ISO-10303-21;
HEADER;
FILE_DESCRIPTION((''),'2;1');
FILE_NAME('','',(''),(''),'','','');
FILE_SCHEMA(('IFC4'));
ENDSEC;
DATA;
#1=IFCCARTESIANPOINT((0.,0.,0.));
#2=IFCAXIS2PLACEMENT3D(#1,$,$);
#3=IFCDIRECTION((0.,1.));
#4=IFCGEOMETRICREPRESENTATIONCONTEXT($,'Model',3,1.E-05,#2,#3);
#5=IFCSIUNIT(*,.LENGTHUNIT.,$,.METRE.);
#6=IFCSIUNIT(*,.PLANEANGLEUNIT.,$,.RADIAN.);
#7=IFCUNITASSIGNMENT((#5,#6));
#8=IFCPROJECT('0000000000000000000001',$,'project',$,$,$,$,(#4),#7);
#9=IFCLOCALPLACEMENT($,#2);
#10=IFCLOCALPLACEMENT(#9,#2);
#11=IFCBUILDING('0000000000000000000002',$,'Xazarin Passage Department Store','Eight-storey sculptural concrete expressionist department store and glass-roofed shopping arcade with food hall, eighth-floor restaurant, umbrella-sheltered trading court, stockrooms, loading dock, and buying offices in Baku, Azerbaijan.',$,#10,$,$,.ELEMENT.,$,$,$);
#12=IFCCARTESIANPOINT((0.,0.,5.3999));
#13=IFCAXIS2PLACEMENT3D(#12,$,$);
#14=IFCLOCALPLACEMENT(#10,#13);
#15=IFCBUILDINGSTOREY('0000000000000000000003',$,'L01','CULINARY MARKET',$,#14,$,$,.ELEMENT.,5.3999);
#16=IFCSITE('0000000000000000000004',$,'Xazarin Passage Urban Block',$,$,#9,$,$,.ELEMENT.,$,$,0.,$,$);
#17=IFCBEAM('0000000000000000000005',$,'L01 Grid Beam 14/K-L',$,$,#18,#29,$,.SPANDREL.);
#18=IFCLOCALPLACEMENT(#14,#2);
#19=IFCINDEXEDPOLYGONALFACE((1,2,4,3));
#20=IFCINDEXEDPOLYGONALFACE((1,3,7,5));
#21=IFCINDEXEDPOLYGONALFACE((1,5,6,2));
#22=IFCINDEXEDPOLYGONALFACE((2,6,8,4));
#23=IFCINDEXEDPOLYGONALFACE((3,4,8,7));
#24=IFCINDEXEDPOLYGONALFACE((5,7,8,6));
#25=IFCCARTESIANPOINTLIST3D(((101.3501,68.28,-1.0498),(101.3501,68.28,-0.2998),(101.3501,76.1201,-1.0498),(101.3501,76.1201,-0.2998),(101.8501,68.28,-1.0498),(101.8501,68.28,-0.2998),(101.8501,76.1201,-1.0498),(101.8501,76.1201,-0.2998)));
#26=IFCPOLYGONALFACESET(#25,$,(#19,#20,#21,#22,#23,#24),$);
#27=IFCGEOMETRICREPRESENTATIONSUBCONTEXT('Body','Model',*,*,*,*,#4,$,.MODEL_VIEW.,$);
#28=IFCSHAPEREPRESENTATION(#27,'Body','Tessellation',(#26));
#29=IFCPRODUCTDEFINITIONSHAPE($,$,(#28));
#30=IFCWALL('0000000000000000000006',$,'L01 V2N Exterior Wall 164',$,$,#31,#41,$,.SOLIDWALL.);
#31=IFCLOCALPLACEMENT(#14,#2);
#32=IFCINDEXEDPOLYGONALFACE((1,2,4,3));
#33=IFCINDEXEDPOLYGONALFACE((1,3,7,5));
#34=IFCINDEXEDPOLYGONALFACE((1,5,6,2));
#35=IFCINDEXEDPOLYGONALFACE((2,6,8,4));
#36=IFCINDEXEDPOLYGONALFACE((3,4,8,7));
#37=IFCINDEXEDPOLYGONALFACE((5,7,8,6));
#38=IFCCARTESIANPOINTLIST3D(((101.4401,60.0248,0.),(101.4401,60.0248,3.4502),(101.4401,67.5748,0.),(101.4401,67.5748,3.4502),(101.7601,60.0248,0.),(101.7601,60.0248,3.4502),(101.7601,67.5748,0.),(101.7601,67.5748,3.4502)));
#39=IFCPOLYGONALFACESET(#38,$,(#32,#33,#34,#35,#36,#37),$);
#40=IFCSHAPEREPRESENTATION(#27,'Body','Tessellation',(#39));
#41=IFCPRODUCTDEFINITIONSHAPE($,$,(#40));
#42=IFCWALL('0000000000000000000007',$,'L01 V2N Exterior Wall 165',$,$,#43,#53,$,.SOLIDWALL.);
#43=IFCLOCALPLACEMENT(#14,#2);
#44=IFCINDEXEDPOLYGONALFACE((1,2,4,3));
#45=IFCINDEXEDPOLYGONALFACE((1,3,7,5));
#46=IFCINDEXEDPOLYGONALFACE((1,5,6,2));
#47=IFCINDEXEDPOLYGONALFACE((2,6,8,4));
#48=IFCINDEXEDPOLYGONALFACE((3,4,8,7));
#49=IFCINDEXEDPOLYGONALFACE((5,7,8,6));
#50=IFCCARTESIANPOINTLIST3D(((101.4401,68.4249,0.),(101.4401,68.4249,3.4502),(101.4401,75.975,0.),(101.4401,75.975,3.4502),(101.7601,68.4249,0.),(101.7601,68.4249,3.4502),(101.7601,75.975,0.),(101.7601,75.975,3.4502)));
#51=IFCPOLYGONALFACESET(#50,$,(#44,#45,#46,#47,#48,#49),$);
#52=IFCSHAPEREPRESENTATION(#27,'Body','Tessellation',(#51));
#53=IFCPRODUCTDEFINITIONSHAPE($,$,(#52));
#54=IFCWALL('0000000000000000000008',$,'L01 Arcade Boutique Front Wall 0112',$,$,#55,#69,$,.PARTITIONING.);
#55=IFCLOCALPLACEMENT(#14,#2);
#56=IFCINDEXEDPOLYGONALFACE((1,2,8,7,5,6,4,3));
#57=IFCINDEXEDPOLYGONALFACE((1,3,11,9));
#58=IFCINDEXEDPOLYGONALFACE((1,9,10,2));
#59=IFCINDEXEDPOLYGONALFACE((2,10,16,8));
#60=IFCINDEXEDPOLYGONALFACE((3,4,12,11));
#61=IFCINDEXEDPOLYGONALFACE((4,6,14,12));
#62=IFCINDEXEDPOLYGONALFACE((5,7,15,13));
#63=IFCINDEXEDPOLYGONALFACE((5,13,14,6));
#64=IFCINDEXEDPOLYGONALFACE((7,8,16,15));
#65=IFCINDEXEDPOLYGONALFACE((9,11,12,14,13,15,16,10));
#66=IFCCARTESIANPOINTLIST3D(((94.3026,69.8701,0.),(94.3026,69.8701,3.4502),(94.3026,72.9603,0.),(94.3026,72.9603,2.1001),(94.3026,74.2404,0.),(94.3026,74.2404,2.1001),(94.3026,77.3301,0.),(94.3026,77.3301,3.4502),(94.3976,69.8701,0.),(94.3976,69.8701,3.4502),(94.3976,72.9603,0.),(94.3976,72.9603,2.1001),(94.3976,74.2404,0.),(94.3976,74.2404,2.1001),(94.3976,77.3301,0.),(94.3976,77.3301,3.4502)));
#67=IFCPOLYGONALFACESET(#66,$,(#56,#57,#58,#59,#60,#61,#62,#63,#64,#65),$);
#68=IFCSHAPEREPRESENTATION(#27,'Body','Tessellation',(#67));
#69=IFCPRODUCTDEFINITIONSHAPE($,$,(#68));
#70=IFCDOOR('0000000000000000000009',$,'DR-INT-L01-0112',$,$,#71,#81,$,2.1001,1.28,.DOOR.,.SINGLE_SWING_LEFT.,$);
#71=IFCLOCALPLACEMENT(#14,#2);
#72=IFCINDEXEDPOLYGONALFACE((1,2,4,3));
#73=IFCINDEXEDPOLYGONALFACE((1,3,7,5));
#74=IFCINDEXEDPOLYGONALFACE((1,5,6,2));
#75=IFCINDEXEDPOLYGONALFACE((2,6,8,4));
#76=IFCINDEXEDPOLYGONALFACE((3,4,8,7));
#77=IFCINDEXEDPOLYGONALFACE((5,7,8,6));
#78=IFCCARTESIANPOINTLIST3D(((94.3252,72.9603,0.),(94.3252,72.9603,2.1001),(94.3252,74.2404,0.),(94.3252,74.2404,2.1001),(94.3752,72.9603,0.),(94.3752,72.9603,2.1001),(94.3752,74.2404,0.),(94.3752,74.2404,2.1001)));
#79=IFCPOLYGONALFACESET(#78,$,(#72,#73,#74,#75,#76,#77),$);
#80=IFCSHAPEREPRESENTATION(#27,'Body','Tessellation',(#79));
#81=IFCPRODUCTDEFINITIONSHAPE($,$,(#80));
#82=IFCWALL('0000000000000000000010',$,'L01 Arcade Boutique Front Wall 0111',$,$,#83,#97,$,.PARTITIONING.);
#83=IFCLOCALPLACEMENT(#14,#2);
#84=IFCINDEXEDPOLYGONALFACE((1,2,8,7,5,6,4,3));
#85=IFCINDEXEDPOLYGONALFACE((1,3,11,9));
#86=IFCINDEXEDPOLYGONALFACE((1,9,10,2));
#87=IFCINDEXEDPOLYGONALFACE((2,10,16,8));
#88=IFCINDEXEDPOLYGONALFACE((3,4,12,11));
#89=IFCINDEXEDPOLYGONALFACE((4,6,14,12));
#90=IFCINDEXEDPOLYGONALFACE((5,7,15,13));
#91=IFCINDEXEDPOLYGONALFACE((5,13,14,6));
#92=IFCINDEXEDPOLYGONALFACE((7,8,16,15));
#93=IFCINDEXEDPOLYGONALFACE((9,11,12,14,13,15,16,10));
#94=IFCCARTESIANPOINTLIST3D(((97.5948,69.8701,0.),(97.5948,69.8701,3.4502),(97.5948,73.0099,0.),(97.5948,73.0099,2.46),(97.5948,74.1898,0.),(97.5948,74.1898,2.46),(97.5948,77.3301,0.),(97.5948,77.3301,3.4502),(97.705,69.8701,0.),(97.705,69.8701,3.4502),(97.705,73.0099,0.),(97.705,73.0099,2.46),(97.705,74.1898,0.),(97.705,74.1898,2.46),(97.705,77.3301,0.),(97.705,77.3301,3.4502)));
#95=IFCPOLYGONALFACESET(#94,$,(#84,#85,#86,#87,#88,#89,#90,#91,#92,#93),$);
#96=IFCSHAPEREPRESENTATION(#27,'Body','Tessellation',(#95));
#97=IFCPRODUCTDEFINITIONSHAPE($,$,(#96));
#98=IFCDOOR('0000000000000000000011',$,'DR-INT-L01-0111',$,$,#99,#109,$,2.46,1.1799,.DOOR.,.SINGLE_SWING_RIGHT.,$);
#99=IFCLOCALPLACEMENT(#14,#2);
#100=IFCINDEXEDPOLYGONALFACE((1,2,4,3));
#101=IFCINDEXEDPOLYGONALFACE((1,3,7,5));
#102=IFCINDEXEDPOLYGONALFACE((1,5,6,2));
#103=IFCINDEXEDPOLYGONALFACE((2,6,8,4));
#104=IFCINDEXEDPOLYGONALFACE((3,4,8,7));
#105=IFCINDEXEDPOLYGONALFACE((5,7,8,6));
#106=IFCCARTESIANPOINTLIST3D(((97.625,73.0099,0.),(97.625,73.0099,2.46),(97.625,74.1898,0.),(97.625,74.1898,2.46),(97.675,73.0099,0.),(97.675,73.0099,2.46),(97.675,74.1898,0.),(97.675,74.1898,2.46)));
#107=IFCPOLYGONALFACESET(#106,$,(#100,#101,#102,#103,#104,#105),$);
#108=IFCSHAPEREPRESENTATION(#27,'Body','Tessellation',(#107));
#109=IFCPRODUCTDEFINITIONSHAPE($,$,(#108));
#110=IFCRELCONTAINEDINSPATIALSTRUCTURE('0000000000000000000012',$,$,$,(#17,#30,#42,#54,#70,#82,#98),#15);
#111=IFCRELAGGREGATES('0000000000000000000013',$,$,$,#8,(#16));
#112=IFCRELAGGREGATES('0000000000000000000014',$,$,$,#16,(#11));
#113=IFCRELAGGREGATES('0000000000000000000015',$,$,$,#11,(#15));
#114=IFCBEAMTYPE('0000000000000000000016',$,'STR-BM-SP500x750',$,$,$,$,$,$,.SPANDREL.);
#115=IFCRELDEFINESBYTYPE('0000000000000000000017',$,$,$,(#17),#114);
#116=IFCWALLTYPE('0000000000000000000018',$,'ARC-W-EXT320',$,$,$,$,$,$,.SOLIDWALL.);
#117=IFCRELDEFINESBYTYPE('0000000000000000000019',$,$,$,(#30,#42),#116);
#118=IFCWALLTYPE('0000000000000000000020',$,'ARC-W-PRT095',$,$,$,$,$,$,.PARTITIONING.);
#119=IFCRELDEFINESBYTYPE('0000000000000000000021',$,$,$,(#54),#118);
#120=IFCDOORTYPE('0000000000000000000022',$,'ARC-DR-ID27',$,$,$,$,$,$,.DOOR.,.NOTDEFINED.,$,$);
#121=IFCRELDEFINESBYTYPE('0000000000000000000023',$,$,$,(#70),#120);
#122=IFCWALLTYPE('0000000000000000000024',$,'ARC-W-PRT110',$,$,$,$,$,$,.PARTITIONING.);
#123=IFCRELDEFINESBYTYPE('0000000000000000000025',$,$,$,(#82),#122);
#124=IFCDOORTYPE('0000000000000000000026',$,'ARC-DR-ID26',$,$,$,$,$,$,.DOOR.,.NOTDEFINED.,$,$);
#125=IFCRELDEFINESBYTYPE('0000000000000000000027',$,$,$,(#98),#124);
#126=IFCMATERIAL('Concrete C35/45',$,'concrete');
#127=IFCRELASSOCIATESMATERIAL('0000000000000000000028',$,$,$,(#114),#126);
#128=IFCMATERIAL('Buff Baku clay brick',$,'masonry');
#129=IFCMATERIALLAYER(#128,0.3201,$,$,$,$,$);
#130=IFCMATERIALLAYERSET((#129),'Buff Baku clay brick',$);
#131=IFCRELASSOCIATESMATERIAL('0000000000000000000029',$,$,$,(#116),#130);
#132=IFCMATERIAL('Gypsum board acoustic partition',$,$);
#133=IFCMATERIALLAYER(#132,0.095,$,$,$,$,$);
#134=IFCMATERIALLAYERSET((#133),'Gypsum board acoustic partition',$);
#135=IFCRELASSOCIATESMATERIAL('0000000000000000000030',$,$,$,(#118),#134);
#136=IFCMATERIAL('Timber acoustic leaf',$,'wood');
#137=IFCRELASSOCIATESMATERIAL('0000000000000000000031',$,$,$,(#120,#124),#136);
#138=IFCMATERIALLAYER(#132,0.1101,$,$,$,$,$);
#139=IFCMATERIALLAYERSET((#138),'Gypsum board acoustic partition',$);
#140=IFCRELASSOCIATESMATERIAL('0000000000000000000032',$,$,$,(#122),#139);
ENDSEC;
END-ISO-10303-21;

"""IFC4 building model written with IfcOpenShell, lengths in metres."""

from ifc_helpers import new_model, si_unit, direction, frame, frame_2d, origin, origin_2d, place, context, subcontext, project, spatial, rectangle, extrude, material, layer, layer_set, material_profile, profile_set, type_object, element, fill, save


model = new_model("IFC4")

# Units and contexts
model_context = context("Model", 3, precision=1e-05, world=origin(), true_north=direction((0.0, 1.0)))
body_context = subcontext(model_context, "Body", "Model", "MODEL_VIEW")
ifc_project = project(units=[si_unit("LENGTHUNIT", "METRE"), si_unit("PLANEANGLEUNIT", "RADIAN")], contexts=[model_context])

# Site, building, storey
site_placement = place(None, origin())
site = spatial("IfcSite", under=ifc_project, at=site_placement, Name="Xazarin Passage Urban Block", CompositionType="ELEMENT", RefElevation=0.0)
building_placement = place(site_placement, origin())
building = spatial("IfcBuilding", under=site, at=building_placement, Name="Xazarin Passage Department Store", Description="Eight-storey sculptural concrete expressionist department store and glass-roofed shopping arcade with food hall, eighth-floor restaurant, umbrella-sheltered trading court, stockrooms, loading dock, and buying offices in Baku, Azerbaijan.", CompositionType="ELEMENT")
storey_placement = place(building_placement, frame((0.0, 0.0, 5.3999)))
storey = spatial("IfcBuildingStorey", under=building, at=storey_placement, Name="L01", Description="CULINARY MARKET", CompositionType="ELEMENT", Elevation=5.3999)

# Beam
ifc_material_1 = material(Name="Concrete C35/45", Category="concrete")
ifc_material_profile_1 = material_profile(ifc_material_1, rectangle(XDim=0.5, YDim=0.75, at=origin_2d()), Name="RC 500x750")
ifc_profile_set_1 = profile_set([ifc_material_profile_1], Name="Concrete C35/45")
beam_type_1 = type_object("IfcBeamType", Name="STR-BM-SP500x750", PredefinedType="SPANDREL", material=ifc_profile_set_1)
for number, where, z_axis, x_axis, name in (
    (1, (101.6001, 68.28, -0.6748), (0.0, 1.0, 0.0), (-1.0, 0.0, 0.0), "L01 Grid Beam 14/K-L"),
):
    element("IfcBeam", number, at=place(storey_placement, frame(where, z_axis=z_axis, x_axis=x_axis)), inside=storey, type_object=beam_type_1, Name=name, PredefinedType="SPANDREL", context=body_context, shape_type="SweptSolid", body=[
        extrude(rectangle(XDim=0.5, YDim=0.75, at=origin_2d()), origin(), (0.0, 0.0, 1.0), 7.8401),
    ])

# Walls
ifc_material_2 = material(Name="Buff Baku clay brick", Category="masonry")
ifc_layer_1 = layer(ifc_material_2, 0.3201)
ifc_layer_set_1 = layer_set([ifc_layer_1], Name="Buff Baku clay brick")
wall_type_1 = type_object("IfcWallType", Name="ARC-W-EXT320", PredefinedType="SOLIDWALL", material=ifc_layer_set_1)
for number, where, z_axis, x_axis, name in (
    (2, (101.6001, 60.0249, 0.0), (0.0, 0.0, 1.0), (0.0, 1.0, 0.0), "L01 V2N Exterior Wall 164"),
    (3, (101.6001, 68.425, 0.0), (0.0, 0.0, 1.0), (0.0, 1.0, 0.0), "L01 V2N Exterior Wall 165"),
):
    element("IfcWall", number, at=place(storey_placement, frame(where, z_axis=z_axis, x_axis=x_axis)), inside=storey, type_object=wall_type_1, Name=name, PredefinedType="SOLIDWALL", context=body_context, shape_type="SweptSolid", body=[
        extrude(rectangle(XDim=7.55, YDim=0.3201, at=frame_2d((3.7749, 0.0))), origin(), (0.0, 0.0, 1.0), 3.4502),
    ])

# Walls, openings, doors
ifc_material_3 = material(Name="Gypsum board acoustic partition")
ifc_layer_2 = layer(ifc_material_3, 0.095)
ifc_layer_set_2 = layer_set([ifc_layer_2], Name="Gypsum board acoustic partition")
wall_type_2 = type_object("IfcWallType", Name="ARC-W-PRT095", PredefinedType="PARTITIONING", material=ifc_layer_set_2)
wall_1_placement = place(storey_placement, frame((94.3501, 69.8701, 0.0), z_axis=(0.0, 0.0, 1.0), x_axis=(0.0, 1.0, 0.0)))
wall_1 = element("IfcWall", 4, at=wall_1_placement, inside=storey, type_object=wall_type_2, Name="L01 Arcade Boutique Front Wall 0112", PredefinedType="PARTITIONING", context=body_context, shape_type="SweptSolid", body=[
    extrude(rectangle(XDim=7.46, YDim=0.095, at=frame_2d((3.73, 0.0))), origin(), (0.0, 0.0, 1.0), 3.4502),
])
opening_1_placement = place(wall_1_placement, frame((3.0901, 0.0, 0.0)))
opening_1 = element("IfcOpeningElement", 5, at=opening_1_placement, cuts=wall_1, PredefinedType="OPENING", context=body_context, shape_type="SweptSolid", body=[
    extrude(rectangle(XDim=1.28, YDim=2.1001, at=frame_2d((0.6401, 1.05))), frame((0.0, 0.0574, 0.0), z_axis=(0.0, -1.0, 0.0), x_axis=(1.0, 0.0, 0.0)), (0.0, 0.0, 1.0), 0.115),
])
ifc_material_4 = material(Name="Timber acoustic leaf", Category="wood")
door_type_1 = type_object("IfcDoorType", Name="ARC-DR-ID27", OperationType="NOTDEFINED", PredefinedType="DOOR", material=ifc_material_4)
door_1_placement = place(opening_1_placement, origin())
door_1 = element("IfcDoor", 6, at=door_1_placement, inside=storey, type_object=door_type_1, Name="DR-INT-L01-0112", OperationType="SINGLE_SWING_LEFT", OverallHeight=2.1001, OverallWidth=1.28, PredefinedType="DOOR", context=body_context, shape_type="SweptSolid", body=[
    extrude(rectangle(XDim=1.28, YDim=2.1001, at=frame_2d((0.6401, 1.05))), frame((0.0, 0.0249, 0.0), z_axis=(0.0, -1.0, 0.0), x_axis=(1.0, 0.0, 0.0)), (0.0, 0.0, 1.0), 0.05),
])
fill(opening_1, door_1)
ifc_layer_3 = layer(ifc_material_3, 0.1101)
ifc_layer_set_3 = layer_set([ifc_layer_3], Name="Gypsum board acoustic partition")
wall_type_3 = type_object("IfcWallType", Name="ARC-W-PRT110", PredefinedType="PARTITIONING", material=ifc_layer_set_3)
wall_2_placement = place(storey_placement, frame((97.6499, 69.8701, 0.0), z_axis=(0.0, 0.0, 1.0), x_axis=(0.0, 1.0, 0.0)))
wall_2 = element("IfcWall", 7, at=wall_2_placement, inside=storey, type_object=wall_type_3, Name="L01 Arcade Boutique Front Wall 0111", PredefinedType="PARTITIONING", context=body_context, shape_type="SweptSolid", body=[
    extrude(rectangle(XDim=7.46, YDim=0.1101, at=frame_2d((3.73, 0.0))), origin(), (0.0, 0.0, 1.0), 3.4502),
])
opening_2_placement = place(wall_2_placement, frame((3.1399, 0.0, 0.0)))
opening_2 = element("IfcOpeningElement", 8, at=opening_2_placement, cuts=wall_2, PredefinedType="OPENING", context=body_context, shape_type="SweptSolid", body=[
    extrude(rectangle(XDim=1.1799, YDim=2.46, at=frame_2d((0.5898, 1.23))), frame((0.0, 0.0649, 0.0), z_axis=(0.0, -1.0, 0.0), x_axis=(1.0, 0.0, 0.0)), (0.0, 0.0, 1.0), 0.1301),
])
door_type_2 = type_object("IfcDoorType", Name="ARC-DR-ID26", OperationType="NOTDEFINED", PredefinedType="DOOR", material=ifc_material_4)
door_2_placement = place(opening_2_placement, origin())
door_2 = element("IfcDoor", 9, at=door_2_placement, inside=storey, type_object=door_type_2, Name="DR-INT-L01-0111", OperationType="SINGLE_SWING_RIGHT", OverallHeight=2.46, OverallWidth=1.1799, PredefinedType="DOOR", context=body_context, shape_type="SweptSolid", body=[
    extrude(rectangle(XDim=1.1799, YDim=2.46, at=frame_2d((0.5898, 1.23))), frame((0.0, 0.0249, 0.0), z_axis=(0.0, -1.0, 0.0), x_axis=(1.0, 0.0, 0.0)), (0.0, 0.0, 1.0), 0.05),
])
fill(opening_2, door_2)

save(model, "model.ifc")
